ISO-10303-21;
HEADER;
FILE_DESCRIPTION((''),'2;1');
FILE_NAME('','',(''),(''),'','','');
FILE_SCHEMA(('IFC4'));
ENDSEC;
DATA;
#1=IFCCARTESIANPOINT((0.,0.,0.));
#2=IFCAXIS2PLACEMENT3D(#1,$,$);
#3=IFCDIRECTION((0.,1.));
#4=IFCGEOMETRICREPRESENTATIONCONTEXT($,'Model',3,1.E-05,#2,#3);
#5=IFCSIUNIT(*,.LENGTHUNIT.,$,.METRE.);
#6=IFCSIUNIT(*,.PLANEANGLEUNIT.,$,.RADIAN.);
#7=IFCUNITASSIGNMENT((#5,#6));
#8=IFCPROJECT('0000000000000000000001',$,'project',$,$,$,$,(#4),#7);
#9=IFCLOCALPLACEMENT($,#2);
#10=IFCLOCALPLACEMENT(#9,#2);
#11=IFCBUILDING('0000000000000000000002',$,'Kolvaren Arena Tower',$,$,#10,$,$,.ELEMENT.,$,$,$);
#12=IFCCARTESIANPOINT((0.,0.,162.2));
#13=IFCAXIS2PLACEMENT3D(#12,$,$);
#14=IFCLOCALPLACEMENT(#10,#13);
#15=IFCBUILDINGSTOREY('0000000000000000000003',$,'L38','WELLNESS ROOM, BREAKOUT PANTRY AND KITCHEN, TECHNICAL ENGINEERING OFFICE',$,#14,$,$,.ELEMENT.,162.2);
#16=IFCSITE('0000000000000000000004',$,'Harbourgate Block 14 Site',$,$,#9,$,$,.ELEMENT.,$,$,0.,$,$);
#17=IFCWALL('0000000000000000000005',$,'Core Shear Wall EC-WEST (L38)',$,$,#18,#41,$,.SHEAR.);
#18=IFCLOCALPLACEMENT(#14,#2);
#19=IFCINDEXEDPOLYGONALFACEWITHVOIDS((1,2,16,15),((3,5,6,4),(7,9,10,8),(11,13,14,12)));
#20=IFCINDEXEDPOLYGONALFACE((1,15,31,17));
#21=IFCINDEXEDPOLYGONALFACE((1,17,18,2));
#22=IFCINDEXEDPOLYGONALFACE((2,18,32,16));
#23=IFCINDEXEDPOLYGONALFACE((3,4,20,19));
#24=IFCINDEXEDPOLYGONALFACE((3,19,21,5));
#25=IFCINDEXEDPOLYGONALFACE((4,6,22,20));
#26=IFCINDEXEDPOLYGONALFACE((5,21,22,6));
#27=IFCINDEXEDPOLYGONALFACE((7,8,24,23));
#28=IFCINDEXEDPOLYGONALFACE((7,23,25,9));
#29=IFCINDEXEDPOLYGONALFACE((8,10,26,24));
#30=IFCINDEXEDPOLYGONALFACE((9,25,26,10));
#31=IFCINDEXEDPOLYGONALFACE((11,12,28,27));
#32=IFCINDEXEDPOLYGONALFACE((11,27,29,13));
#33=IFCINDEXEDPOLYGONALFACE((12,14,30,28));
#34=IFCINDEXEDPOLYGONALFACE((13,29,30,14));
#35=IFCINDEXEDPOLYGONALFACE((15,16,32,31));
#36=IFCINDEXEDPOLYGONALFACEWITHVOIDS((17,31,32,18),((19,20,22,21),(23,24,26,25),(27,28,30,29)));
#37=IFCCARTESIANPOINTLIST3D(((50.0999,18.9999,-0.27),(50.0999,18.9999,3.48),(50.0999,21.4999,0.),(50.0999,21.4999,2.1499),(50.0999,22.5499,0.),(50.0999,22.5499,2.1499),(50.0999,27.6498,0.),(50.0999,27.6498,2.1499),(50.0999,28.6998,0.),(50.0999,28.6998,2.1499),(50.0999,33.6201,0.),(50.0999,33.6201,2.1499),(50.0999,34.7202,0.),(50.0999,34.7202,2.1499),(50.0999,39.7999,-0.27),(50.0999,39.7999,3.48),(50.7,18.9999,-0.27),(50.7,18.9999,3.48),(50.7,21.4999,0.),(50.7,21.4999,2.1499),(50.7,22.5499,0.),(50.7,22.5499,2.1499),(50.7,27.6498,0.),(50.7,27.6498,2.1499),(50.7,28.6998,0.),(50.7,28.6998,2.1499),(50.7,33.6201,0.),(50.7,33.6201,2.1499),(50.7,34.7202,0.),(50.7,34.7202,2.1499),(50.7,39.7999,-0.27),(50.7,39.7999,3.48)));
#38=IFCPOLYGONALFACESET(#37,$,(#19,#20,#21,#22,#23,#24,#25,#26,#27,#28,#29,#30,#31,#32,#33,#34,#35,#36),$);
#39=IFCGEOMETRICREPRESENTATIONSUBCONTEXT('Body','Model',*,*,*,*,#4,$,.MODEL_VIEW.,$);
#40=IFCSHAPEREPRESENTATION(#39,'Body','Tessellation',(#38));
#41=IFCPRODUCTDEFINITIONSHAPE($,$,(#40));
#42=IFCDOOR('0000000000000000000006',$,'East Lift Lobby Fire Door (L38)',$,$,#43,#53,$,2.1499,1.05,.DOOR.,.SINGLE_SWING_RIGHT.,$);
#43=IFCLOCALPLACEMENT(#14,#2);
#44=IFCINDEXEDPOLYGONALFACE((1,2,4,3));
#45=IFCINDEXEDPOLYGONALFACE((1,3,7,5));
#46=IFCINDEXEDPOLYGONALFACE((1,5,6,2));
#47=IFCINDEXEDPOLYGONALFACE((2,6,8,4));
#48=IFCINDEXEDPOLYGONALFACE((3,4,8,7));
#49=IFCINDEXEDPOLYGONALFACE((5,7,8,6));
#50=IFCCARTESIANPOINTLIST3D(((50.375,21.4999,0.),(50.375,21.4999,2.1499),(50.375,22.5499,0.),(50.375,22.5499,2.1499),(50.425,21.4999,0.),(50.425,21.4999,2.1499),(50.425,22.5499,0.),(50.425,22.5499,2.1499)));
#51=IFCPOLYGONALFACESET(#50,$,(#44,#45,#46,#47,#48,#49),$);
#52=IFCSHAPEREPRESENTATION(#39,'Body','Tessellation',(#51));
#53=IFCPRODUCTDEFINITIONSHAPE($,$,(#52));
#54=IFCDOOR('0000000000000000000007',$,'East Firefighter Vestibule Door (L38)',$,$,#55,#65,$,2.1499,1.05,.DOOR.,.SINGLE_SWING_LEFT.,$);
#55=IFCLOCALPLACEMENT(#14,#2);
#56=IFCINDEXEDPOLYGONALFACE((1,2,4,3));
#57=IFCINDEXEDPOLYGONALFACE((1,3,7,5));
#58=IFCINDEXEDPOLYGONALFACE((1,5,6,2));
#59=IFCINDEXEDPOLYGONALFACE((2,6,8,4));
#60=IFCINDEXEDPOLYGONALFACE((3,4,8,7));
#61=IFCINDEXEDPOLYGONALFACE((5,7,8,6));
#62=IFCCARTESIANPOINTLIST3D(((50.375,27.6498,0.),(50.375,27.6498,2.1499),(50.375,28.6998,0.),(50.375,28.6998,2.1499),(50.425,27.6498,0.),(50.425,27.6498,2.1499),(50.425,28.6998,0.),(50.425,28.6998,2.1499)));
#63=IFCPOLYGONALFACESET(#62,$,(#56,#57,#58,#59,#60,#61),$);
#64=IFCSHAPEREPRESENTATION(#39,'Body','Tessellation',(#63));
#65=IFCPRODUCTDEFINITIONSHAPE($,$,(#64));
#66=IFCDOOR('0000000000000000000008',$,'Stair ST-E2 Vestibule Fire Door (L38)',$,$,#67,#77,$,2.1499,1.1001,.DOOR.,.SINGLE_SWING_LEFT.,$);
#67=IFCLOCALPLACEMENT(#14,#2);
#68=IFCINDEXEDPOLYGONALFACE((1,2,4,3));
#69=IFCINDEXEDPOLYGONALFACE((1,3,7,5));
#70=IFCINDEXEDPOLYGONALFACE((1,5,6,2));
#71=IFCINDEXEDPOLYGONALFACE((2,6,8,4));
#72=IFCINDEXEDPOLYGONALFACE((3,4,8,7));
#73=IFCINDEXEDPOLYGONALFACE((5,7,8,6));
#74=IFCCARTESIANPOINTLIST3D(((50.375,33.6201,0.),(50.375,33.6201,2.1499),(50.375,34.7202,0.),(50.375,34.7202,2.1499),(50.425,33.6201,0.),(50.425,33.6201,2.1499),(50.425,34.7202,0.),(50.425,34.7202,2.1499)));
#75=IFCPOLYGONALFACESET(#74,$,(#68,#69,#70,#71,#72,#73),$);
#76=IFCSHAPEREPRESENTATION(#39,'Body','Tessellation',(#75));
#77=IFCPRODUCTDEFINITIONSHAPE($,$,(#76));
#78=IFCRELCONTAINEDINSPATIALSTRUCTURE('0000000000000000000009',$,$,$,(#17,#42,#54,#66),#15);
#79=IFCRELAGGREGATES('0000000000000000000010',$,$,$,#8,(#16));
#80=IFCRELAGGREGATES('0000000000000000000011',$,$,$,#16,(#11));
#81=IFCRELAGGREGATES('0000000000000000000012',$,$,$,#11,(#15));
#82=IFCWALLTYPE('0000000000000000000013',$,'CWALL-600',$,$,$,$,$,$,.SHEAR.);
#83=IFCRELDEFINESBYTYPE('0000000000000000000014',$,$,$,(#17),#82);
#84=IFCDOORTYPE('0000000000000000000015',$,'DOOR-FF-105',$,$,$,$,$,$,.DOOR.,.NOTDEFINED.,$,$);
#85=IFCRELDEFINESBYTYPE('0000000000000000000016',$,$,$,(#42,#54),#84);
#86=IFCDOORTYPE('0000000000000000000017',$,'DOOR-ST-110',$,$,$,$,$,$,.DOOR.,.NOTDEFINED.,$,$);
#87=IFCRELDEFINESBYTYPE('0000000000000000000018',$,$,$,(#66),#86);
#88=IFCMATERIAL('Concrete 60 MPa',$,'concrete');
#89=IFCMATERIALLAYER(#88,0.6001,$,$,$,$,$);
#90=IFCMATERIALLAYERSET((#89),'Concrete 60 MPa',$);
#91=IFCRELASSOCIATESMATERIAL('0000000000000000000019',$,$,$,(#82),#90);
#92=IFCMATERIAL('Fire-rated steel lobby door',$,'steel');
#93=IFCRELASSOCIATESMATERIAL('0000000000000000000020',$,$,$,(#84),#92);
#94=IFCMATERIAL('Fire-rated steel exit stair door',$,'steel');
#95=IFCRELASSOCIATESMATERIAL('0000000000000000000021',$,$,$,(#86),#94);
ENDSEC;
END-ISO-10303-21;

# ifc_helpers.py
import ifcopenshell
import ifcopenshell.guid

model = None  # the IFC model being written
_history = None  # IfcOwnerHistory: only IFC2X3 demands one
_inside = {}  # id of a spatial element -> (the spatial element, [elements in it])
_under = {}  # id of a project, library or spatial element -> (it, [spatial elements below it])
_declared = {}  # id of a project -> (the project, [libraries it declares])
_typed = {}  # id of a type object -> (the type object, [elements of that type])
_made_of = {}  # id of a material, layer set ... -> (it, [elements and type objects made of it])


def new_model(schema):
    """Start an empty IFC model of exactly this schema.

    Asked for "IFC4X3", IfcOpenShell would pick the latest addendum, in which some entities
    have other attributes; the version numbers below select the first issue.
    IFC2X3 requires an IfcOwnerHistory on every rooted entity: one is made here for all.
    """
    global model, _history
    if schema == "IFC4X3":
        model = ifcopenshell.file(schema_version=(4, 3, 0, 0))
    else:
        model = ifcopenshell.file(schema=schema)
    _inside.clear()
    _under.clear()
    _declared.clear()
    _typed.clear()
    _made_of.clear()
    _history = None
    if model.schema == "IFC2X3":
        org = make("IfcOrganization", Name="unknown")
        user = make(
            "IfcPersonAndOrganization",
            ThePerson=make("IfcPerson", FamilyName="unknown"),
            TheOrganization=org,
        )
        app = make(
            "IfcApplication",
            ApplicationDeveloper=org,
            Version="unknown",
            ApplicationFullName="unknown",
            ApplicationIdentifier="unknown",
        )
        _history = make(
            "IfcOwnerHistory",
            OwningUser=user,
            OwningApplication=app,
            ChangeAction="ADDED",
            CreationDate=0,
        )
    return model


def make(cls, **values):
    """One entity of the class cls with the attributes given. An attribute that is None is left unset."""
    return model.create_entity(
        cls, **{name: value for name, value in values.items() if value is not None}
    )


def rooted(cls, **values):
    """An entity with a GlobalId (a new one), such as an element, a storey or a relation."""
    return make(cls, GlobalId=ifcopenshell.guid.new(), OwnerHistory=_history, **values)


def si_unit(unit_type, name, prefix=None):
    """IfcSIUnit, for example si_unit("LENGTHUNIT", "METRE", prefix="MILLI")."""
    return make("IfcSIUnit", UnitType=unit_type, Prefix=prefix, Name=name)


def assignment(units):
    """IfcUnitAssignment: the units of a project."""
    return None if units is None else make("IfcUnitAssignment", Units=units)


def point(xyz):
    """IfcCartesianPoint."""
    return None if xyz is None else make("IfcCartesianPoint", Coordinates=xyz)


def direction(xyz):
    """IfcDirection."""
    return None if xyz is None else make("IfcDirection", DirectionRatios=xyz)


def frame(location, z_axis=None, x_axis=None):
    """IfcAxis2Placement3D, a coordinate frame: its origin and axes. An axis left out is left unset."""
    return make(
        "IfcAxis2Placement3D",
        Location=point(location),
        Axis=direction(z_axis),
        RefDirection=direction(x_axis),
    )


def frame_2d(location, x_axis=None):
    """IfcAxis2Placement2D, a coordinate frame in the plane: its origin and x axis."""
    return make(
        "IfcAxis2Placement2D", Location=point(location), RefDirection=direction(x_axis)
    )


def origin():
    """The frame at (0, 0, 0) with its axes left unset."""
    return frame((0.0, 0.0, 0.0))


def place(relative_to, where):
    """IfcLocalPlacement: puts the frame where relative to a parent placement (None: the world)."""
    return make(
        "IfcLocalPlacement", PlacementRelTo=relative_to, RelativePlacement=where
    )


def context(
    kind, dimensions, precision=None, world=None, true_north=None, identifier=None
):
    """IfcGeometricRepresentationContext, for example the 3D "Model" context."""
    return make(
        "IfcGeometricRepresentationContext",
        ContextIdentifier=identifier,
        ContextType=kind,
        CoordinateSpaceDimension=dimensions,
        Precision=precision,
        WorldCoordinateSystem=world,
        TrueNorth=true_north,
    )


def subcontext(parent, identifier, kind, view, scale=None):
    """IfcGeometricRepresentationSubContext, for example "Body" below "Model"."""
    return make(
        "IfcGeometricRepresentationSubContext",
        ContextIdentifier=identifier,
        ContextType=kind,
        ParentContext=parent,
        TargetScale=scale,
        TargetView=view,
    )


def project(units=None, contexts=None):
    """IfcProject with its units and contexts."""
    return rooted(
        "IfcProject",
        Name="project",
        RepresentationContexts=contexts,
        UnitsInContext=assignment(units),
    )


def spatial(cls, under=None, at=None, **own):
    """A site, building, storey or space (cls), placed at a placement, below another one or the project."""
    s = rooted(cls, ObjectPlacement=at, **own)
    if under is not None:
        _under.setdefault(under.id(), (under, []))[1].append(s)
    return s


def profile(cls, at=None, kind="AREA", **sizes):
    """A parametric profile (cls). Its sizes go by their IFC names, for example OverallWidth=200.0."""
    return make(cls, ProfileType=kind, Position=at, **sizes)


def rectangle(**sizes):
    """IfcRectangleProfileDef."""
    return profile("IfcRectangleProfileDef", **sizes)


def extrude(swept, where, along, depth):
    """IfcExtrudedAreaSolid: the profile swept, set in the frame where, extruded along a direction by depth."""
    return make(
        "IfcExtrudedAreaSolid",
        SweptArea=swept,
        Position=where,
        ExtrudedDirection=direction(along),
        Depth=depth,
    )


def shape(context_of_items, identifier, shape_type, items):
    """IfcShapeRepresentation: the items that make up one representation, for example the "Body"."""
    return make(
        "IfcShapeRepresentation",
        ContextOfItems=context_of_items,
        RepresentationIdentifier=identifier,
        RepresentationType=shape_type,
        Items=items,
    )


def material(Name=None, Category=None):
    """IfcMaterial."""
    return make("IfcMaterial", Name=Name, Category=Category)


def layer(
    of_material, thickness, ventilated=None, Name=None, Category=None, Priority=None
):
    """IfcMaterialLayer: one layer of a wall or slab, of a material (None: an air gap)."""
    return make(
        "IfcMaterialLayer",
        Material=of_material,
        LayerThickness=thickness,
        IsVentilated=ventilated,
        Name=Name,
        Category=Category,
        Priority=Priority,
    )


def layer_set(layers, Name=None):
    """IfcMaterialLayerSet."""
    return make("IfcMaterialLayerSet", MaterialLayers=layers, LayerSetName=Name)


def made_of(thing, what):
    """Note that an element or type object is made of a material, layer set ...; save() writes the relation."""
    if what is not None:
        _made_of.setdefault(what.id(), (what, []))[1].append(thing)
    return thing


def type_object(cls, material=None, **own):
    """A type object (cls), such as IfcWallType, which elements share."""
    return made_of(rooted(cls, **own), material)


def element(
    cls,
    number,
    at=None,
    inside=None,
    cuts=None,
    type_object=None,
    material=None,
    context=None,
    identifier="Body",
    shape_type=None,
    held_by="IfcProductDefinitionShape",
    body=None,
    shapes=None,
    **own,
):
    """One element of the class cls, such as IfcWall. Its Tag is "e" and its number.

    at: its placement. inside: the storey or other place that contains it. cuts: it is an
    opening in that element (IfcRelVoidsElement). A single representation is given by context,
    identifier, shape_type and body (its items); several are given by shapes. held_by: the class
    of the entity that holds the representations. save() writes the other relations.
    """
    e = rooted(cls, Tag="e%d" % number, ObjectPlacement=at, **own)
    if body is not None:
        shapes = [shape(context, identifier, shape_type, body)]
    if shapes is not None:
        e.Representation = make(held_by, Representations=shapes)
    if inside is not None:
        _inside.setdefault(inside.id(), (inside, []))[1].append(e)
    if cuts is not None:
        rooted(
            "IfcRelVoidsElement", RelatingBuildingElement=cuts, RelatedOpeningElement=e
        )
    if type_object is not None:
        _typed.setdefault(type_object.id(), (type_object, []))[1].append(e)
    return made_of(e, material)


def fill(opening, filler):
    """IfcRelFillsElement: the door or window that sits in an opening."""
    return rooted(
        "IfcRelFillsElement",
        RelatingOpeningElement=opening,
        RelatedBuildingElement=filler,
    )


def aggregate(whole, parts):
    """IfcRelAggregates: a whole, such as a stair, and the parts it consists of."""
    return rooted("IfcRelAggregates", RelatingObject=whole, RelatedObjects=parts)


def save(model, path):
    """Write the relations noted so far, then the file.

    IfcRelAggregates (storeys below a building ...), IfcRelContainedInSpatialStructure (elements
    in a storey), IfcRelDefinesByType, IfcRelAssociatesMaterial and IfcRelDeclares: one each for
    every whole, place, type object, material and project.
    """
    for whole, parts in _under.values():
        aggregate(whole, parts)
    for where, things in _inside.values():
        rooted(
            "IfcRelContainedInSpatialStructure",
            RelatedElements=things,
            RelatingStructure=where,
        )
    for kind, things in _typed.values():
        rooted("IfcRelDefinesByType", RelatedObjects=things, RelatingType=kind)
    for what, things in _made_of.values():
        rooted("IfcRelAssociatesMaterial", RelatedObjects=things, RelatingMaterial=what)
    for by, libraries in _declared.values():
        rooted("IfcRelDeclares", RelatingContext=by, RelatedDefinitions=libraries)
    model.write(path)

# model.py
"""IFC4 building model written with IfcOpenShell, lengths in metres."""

from ifc_helpers import new_model, si_unit, direction, frame, frame_2d, origin, place, context, subcontext, project, spatial, rectangle, extrude, material, layer, layer_set, type_object, element, fill, save


model = new_model("IFC4")

# Units and contexts
model_context = context("Model", 3, precision=1e-05, world=origin(), true_north=direction((0.0, 1.0)))
body_context = subcontext(model_context, "Body", "Model", "MODEL_VIEW")
ifc_project = project(units=[si_unit("LENGTHUNIT", "METRE"), si_unit("PLANEANGLEUNIT", "RADIAN")], contexts=[model_context])

# Site, building, storey
site_placement = place(None, origin())
site = spatial("IfcSite", under=ifc_project, at=site_placement, Name="Harbourgate Block 14 Site", CompositionType="ELEMENT", RefElevation=0.0)
building_placement = place(site_placement, origin())
building = spatial("IfcBuilding", under=site, at=building_placement, Name="Kolvaren Arena Tower", CompositionType="ELEMENT")
storey_placement = place(building_placement, frame((0.0, 0.0, 162.2)))
storey = spatial("IfcBuildingStorey", under=building, at=storey_placement, Name="L38", Description="WELLNESS ROOM, BREAKOUT PANTRY AND KITCHEN, TECHNICAL ENGINEERING OFFICE", CompositionType="ELEMENT", Elevation=162.2)

# Wall, openings, doors
ifc_material_1 = material(Name="Concrete 60 MPa", Category="concrete")
ifc_layer_1 = layer(ifc_material_1, 0.6001)
ifc_layer_set_1 = layer_set([ifc_layer_1], Name="Concrete 60 MPa")
wall_type_1 = type_object("IfcWallType", Name="CWALL-600", PredefinedType="SHEAR", material=ifc_layer_set_1)
wall_1_placement = place(storey_placement, frame((50.3999, 19.0, -0.27), z_axis=(0.0, 0.0, 1.0), x_axis=(0.0, 1.0, 0.0)))
wall_1 = element("IfcWall", 1, at=wall_1_placement, inside=storey, type_object=wall_type_1, Name="Core Shear Wall EC-WEST (L38)", PredefinedType="SHEAR", context=body_context, shape_type="SweptSolid", body=[
    extrude(rectangle(XDim=20.8, YDim=0.6001, at=frame_2d((10.3999, 0.0))), origin(), (0.0, 0.0, 1.0), 3.75),
])
opening_1_placement = place(wall_1_placement, frame((2.5, 0.0, 0.27)))
opening_1 = element("IfcOpeningElement", 2, at=opening_1_placement, cuts=wall_1, PredefinedType="OPENING", context=body_context, shape_type="SweptSolid", body=[
    extrude(rectangle(XDim=1.05, YDim=2.1499, at=frame_2d((0.5249, 1.075))), frame((0.0, 0.3101, 0.0), z_axis=(0.0, -1.0, 0.0), x_axis=(1.0, 0.0, 0.0)), (0.0, 0.0, 1.0), 0.6201),
])
opening_2_placement = place(wall_1_placement, frame((8.6499, 0.0, 0.27)))
opening_2 = element("IfcOpeningElement", 3, at=opening_2_placement, cuts=wall_1, PredefinedType="OPENING", context=body_context, shape_type="SweptSolid", body=[
    extrude(rectangle(XDim=1.05, YDim=2.1499, at=frame_2d((0.5249, 1.075))), frame((0.0, 0.3101, 0.0), z_axis=(0.0, -1.0, 0.0), x_axis=(1.0, 0.0, 0.0)), (0.0, 0.0, 1.0), 0.6201),
])
opening_3_placement = place(wall_1_placement, frame((14.6201, 0.0, 0.27)))
opening_3 = element("IfcOpeningElement", 4, at=opening_3_placement, cuts=wall_1, PredefinedType="OPENING", context=body_context, shape_type="SweptSolid", body=[
    extrude(rectangle(XDim=1.1001, YDim=2.1499, at=frame_2d((0.55, 1.075))), frame((0.0, 0.3101, 0.0), z_axis=(0.0, -1.0, 0.0), x_axis=(1.0, 0.0, 0.0)), (0.0, 0.0, 1.0), 0.6201),
])
ifc_material_2 = material(Name="Fire-rated steel lobby door", Category="steel")
door_type_1 = type_object("IfcDoorType", Name="DOOR-FF-105", OperationType="NOTDEFINED", PredefinedType="DOOR", material=ifc_material_2)
door_1_placement = place(opening_1_placement, origin())
door_1 = element("IfcDoor", 5, at=door_1_placement, inside=storey, type_object=door_type_1, Name="East Lift Lobby Fire Door (L38)", OperationType="SINGLE_SWING_RIGHT", OverallHeight=2.1499, OverallWidth=1.05, PredefinedType="DOOR", context=body_context, shape_type="SweptSolid", body=[
    extrude(rectangle(XDim=1.05, YDim=2.1499, at=frame_2d((0.5249, 1.075))), frame((0.0, 0.0249, 0.0), z_axis=(0.0, -1.0, 0.0), x_axis=(1.0, 0.0, 0.0)), (0.0, 0.0, 1.0), 0.05),
])
fill(opening_1, door_1)
door_2_placement = place(opening_2_placement, origin())
door_2 = element("IfcDoor", 6, at=door_2_placement, inside=storey, type_object=door_type_1, Name="East Firefighter Vestibule Door (L38)", OperationType="SINGLE_SWING_LEFT", OverallHeight=2.1499, OverallWidth=1.05, PredefinedType="DOOR", context=body_context, shape_type="SweptSolid", body=[
    extrude(rectangle(XDim=1.05, YDim=2.1499, at=frame_2d((0.5249, 1.075))), frame((0.0, 0.0249, 0.0), z_axis=(0.0, -1.0, 0.0), x_axis=(1.0, 0.0, 0.0)), (0.0, 0.0, 1.0), 0.05),
])
fill(opening_2, door_2)
ifc_material_3 = material(Name="Fire-rated steel exit stair door", Category="steel")
door_type_2 = type_object("IfcDoorType", Name="DOOR-ST-110", OperationType="NOTDEFINED", PredefinedType="DOOR", material=ifc_material_3)
door_3_placement = place(opening_3_placement, origin())
door_3 = element("IfcDoor", 7, at=door_3_placement, inside=storey, type_object=door_type_2, Name="Stair ST-E2 Vestibule Fire Door (L38)", OperationType="SINGLE_SWING_LEFT", OverallHeight=2.1499, OverallWidth=1.1001, PredefinedType="DOOR", context=body_context, shape_type="SweptSolid", body=[
    extrude(rectangle(XDim=1.1001, YDim=2.1499, at=frame_2d((0.55, 1.075))), frame((0.0, 0.0249, 0.0), z_axis=(0.0, -1.0, 0.0), x_axis=(1.0, 0.0, 0.0)), (0.0, 0.0, 1.0), 0.05),
])
fill(opening_3, door_3)

save(model, "model.ifc")
